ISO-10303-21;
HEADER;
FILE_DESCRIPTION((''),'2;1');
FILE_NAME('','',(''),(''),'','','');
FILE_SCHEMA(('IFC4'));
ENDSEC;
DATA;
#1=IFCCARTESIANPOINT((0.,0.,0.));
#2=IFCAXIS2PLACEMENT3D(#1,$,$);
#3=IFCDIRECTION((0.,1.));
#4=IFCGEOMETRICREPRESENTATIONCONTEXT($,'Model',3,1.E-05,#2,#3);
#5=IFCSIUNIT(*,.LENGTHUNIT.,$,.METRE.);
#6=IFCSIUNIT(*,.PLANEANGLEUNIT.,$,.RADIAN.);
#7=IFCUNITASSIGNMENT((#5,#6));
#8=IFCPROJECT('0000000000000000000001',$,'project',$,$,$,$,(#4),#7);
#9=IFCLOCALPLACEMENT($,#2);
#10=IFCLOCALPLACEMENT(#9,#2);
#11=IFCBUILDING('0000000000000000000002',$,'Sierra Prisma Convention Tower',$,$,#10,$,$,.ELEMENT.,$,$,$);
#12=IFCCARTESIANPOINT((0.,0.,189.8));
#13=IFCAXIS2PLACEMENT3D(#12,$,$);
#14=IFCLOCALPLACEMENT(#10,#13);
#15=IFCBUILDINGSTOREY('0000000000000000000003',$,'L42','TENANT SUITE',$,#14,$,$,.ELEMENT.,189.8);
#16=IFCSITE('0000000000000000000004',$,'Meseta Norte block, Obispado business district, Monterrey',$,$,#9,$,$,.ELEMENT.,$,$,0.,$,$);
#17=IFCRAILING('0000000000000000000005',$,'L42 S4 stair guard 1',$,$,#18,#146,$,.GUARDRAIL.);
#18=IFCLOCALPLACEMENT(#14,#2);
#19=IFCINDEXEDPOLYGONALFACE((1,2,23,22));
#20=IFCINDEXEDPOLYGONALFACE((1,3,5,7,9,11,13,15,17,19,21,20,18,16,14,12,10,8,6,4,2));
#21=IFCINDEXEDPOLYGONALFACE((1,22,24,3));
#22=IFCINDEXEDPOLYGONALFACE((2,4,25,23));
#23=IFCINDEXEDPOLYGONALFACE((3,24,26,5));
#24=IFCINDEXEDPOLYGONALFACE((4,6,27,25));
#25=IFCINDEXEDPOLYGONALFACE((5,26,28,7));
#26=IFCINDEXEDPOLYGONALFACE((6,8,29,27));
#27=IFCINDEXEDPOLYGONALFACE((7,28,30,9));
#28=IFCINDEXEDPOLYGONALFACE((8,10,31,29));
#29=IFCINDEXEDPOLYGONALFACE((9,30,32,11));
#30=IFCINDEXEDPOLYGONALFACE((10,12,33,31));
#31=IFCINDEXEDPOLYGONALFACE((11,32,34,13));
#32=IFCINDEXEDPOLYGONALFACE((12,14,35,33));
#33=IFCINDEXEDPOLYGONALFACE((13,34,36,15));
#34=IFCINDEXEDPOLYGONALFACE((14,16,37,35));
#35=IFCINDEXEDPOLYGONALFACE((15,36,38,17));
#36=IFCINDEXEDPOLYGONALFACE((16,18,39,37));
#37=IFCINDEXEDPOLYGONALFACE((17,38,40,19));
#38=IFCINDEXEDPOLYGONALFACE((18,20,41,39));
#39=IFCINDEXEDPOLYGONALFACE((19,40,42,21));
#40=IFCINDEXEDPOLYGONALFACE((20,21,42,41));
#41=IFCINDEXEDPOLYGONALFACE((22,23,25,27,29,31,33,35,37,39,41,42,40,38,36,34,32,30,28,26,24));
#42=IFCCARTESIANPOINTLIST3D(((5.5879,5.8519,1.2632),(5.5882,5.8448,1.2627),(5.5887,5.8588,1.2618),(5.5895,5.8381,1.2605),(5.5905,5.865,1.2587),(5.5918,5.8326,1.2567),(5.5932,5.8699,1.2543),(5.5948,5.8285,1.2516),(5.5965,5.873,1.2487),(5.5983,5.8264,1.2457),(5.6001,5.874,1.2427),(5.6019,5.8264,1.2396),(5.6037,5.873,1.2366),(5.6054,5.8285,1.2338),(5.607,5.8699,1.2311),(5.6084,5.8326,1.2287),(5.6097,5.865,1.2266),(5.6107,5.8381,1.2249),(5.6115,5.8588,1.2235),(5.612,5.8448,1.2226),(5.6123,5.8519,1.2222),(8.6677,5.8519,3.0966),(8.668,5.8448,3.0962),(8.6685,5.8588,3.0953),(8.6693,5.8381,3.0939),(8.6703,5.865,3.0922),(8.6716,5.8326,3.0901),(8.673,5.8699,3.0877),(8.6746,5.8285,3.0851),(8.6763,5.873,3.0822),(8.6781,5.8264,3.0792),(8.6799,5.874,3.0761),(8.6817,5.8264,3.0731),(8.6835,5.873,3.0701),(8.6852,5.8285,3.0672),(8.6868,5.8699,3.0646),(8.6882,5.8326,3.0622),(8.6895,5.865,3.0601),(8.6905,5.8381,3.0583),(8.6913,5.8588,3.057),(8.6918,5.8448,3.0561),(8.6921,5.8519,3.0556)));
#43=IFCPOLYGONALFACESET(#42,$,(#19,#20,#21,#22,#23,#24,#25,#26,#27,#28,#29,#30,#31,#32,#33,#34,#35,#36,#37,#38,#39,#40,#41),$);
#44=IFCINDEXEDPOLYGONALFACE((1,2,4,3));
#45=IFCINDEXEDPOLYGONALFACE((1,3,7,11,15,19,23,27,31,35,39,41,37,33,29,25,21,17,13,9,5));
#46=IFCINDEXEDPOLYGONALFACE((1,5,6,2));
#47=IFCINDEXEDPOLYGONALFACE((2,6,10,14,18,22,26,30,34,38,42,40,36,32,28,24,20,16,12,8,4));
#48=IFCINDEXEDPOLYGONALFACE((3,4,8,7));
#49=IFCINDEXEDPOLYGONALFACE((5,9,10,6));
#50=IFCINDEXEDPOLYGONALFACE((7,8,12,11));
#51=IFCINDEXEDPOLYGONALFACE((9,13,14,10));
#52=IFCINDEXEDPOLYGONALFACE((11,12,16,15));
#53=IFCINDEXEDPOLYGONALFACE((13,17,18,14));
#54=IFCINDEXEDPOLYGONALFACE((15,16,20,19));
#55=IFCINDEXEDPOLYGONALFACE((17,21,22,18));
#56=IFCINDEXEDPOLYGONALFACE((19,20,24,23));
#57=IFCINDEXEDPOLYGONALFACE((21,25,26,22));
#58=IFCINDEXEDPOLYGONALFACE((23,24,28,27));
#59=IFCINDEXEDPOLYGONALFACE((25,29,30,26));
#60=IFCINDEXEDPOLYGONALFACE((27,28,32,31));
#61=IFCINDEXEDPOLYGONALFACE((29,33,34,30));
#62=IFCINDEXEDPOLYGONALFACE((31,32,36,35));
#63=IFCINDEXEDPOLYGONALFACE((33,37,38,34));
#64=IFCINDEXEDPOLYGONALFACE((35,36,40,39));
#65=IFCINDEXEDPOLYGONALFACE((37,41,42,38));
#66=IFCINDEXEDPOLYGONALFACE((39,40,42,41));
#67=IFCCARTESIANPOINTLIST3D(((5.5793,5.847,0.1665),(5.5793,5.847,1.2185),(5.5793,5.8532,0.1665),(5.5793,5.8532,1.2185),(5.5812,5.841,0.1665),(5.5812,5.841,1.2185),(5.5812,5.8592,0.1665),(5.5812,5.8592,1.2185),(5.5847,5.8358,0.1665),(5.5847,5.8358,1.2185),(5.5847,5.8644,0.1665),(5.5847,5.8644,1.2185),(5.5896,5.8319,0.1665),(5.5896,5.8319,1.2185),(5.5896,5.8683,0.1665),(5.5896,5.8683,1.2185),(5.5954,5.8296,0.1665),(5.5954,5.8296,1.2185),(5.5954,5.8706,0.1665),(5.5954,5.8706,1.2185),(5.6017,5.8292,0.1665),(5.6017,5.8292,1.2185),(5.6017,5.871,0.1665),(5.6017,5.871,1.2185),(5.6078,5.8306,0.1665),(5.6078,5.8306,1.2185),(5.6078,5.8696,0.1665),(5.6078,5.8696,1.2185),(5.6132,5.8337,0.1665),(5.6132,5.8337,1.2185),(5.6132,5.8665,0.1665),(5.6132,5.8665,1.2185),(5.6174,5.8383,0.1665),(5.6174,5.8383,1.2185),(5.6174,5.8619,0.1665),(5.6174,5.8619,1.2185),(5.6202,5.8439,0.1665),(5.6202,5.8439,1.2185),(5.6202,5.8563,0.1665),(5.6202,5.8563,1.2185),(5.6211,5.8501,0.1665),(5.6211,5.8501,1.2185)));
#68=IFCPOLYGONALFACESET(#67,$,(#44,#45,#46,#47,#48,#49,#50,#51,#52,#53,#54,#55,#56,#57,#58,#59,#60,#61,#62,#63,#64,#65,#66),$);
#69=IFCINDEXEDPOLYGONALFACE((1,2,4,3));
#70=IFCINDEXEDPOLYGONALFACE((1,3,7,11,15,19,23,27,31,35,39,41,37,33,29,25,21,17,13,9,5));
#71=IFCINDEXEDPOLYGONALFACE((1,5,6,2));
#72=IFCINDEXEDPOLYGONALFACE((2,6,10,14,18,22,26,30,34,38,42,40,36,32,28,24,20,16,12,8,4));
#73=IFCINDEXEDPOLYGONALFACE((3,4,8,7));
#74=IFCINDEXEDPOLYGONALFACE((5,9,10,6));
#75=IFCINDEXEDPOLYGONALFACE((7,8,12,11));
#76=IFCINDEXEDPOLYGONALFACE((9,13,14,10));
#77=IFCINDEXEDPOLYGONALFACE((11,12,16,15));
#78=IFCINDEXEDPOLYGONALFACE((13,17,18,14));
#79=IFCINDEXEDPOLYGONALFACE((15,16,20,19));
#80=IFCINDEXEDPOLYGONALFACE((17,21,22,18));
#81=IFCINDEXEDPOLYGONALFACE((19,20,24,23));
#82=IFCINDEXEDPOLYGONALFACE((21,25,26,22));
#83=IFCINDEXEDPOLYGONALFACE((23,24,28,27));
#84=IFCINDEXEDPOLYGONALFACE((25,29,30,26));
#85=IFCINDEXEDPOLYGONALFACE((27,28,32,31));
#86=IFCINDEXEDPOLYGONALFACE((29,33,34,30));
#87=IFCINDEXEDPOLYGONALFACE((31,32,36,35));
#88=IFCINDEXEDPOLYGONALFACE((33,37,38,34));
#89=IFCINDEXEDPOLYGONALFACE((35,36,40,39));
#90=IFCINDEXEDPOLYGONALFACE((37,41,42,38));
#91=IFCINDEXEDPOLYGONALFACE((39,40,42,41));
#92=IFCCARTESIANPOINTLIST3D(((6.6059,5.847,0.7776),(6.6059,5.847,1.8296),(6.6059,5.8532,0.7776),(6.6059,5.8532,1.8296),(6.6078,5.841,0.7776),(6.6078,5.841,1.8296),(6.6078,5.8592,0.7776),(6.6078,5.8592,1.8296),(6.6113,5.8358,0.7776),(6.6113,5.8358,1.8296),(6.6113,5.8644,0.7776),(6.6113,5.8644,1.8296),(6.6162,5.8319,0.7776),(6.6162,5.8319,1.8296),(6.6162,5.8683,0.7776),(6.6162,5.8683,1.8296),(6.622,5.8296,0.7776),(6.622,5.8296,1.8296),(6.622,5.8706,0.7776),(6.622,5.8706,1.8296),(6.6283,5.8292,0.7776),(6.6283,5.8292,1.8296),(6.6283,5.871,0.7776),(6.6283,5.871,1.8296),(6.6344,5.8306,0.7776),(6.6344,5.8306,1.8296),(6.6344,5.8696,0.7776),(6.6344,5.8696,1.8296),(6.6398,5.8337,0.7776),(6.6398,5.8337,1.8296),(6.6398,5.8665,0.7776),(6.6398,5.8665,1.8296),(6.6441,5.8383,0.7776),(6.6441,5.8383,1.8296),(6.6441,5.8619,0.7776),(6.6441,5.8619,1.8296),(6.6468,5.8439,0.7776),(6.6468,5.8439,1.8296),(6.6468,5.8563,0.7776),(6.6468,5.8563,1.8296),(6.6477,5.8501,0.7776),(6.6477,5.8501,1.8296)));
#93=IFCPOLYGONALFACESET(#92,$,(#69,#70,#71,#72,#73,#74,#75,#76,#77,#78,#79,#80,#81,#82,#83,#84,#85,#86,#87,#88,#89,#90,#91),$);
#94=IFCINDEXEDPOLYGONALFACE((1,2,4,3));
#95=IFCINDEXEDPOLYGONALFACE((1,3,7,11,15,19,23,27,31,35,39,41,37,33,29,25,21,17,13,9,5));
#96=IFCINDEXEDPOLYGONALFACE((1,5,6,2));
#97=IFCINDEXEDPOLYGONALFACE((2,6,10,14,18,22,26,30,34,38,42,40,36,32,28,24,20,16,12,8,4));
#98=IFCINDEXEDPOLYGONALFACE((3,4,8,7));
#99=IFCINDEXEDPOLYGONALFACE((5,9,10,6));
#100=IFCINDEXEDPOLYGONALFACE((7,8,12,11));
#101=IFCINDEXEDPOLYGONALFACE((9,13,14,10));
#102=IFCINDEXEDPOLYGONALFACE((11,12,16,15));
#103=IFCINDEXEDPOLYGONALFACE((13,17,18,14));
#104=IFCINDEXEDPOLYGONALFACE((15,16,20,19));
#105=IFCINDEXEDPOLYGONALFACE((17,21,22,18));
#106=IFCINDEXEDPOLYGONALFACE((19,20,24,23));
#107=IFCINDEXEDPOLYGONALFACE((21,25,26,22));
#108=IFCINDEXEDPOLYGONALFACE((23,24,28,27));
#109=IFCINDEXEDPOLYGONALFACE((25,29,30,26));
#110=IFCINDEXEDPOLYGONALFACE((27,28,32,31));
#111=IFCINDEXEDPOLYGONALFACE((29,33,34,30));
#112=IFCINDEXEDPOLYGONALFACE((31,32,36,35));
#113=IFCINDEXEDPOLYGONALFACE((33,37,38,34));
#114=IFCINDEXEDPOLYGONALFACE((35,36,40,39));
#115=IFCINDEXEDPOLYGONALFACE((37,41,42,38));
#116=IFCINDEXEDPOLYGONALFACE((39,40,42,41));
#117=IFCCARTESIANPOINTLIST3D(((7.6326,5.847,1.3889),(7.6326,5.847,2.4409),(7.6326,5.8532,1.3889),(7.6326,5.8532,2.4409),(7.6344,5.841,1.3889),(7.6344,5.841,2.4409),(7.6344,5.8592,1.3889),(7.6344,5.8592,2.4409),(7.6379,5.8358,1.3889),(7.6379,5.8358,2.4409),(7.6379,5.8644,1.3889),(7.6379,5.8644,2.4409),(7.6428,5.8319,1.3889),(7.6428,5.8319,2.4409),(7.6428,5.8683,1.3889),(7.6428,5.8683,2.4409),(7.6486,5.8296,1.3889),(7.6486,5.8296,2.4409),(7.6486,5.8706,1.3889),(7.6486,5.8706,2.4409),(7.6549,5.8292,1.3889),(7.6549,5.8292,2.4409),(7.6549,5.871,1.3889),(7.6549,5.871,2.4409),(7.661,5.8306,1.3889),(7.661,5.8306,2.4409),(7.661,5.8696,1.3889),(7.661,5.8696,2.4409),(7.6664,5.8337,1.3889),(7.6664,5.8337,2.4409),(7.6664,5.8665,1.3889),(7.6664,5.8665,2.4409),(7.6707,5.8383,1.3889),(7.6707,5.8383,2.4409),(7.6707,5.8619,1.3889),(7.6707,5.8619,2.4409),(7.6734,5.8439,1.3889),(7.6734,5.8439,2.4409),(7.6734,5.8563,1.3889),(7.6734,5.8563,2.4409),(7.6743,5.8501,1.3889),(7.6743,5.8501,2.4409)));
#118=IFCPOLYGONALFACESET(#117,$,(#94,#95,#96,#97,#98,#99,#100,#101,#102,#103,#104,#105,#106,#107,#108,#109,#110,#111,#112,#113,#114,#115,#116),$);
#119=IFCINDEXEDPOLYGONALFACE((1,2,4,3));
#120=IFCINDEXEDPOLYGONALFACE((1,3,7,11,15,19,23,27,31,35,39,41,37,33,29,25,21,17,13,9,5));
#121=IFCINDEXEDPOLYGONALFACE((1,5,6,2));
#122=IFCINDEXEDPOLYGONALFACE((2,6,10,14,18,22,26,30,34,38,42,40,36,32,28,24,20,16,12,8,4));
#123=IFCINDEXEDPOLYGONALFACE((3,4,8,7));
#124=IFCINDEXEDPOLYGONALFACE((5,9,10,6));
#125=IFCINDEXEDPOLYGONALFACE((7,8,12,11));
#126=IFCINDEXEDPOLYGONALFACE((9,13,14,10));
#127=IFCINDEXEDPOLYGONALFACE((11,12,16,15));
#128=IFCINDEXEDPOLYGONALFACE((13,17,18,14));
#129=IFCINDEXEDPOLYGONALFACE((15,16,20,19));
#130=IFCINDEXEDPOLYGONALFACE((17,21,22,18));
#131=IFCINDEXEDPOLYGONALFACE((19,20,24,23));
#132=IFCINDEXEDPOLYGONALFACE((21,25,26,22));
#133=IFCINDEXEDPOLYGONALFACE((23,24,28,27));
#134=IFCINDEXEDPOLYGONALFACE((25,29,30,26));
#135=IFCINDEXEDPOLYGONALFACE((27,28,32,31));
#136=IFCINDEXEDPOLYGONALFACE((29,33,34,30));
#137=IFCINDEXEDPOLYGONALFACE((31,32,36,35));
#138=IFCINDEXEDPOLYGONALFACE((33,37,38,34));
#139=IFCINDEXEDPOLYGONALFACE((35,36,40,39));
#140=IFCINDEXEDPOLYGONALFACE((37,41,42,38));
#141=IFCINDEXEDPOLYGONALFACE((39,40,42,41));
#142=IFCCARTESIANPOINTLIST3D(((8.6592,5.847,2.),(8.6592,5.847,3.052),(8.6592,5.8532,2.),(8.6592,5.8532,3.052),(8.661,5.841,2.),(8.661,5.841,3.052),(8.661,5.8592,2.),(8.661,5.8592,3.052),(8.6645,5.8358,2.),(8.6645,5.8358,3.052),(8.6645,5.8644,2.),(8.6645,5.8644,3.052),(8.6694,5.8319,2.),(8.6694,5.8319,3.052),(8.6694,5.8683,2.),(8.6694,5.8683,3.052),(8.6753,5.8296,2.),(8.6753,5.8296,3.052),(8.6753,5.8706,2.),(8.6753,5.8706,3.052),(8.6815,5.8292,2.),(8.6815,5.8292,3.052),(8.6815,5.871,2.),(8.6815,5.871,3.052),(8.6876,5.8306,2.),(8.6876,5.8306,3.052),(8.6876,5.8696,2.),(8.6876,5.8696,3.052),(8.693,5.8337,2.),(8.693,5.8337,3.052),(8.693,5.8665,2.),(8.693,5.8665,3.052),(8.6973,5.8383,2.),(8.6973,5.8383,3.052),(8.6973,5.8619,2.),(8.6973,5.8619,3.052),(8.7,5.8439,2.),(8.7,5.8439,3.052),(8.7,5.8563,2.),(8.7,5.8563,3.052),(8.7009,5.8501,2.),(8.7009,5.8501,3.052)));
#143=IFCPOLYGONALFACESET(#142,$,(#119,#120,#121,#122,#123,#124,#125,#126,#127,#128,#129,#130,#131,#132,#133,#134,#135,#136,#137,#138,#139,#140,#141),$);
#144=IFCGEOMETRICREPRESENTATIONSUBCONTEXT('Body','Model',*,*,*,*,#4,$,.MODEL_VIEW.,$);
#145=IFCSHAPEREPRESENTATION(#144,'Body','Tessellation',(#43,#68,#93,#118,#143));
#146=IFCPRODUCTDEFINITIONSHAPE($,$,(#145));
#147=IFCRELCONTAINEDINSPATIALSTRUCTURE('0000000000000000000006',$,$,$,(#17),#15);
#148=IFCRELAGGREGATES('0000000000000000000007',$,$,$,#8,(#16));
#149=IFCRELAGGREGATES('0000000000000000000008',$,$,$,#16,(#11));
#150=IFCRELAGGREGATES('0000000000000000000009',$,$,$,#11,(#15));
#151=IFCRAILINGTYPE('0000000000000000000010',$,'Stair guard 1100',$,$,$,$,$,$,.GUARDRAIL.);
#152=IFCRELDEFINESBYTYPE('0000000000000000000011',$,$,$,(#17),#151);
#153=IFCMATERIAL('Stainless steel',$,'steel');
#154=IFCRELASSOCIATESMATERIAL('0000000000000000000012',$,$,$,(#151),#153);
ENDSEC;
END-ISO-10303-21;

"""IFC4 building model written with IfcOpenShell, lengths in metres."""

from ifc_helpers import new_model, si_unit, direction, frame, origin, origin_2d, place, context, subcontext, project, spatial, circle, extrude, material, type_object, element, save


model = new_model("IFC4")

# Units and contexts
model_context = context("Model", 3, precision=1e-05, world=origin(), true_north=direction((0.0, 1.0)))
body_context = subcontext(model_context, "Body", "Model", "MODEL_VIEW")
ifc_project = project(units=[si_unit("LENGTHUNIT", "METRE"), si_unit("PLANEANGLEUNIT", "RADIAN")], contexts=[model_context])

# Site, building, storey
site_placement = place(None, origin())
site = spatial("IfcSite", under=ifc_project, at=site_placement, Name="Meseta Norte block, Obispado business district, Monterrey", CompositionType="ELEMENT", RefElevation=0.0)
building_placement = place(site_placement, origin())
building = spatial("IfcBuilding", under=site, at=building_placement, Name="Sierra Prisma Convention Tower", CompositionType="ELEMENT")
storey_placement = place(building_placement, frame((0.0, 0.0, 189.8)))
storey = spatial("IfcBuildingStorey", under=building, at=storey_placement, Name="L42", Description="TENANT SUITE", CompositionType="ELEMENT", Elevation=189.8)

# Railing
ifc_material_1 = material(Name="Stainless steel", Category="steel")
railing_type_1 = type_object("IfcRailingType", Name="Stair guard 1100", PredefinedType="GUARDRAIL", material=ifc_material_1)
railing_1_placement = place(storey_placement, frame((5.6001, 5.8501, 0.1665)))
element("IfcRailing", 1, at=railing_1_placement, inside=storey, type_object=railing_type_1, Name="L42 S4 stair guard 1", PredefinedType="GUARDRAIL", context=body_context, shape_type="SweptSolid", body=[
    extrude(circle(Radius=0.0239, at=origin_2d()), frame((0.0, 0.0, 1.0762), z_axis=(0.859261, 0.0, 0.511538), x_axis=(0.0, 1.0, 0.0)), (0.0, 0.0, 1.0), 3.5842),
    extrude(circle(Radius=0.021, at=origin_2d()), origin(), (0.0, 0.0, 1.0), 1.052),
    extrude(circle(Radius=0.021, at=origin_2d()), frame((1.0266, 0.0, 0.6111)), (0.0, 0.0, 1.0), 1.052),
    extrude(circle(Radius=0.021, at=origin_2d()), frame((2.0532, 0.0, 1.2224)), (0.0, 0.0, 1.0), 1.052),
    extrude(circle(Radius=0.021, at=origin_2d()), frame((3.0798, 0.0, 1.8335)), (0.0, 0.0, 1.0), 1.052),
])

save(model, "model.ifc")
